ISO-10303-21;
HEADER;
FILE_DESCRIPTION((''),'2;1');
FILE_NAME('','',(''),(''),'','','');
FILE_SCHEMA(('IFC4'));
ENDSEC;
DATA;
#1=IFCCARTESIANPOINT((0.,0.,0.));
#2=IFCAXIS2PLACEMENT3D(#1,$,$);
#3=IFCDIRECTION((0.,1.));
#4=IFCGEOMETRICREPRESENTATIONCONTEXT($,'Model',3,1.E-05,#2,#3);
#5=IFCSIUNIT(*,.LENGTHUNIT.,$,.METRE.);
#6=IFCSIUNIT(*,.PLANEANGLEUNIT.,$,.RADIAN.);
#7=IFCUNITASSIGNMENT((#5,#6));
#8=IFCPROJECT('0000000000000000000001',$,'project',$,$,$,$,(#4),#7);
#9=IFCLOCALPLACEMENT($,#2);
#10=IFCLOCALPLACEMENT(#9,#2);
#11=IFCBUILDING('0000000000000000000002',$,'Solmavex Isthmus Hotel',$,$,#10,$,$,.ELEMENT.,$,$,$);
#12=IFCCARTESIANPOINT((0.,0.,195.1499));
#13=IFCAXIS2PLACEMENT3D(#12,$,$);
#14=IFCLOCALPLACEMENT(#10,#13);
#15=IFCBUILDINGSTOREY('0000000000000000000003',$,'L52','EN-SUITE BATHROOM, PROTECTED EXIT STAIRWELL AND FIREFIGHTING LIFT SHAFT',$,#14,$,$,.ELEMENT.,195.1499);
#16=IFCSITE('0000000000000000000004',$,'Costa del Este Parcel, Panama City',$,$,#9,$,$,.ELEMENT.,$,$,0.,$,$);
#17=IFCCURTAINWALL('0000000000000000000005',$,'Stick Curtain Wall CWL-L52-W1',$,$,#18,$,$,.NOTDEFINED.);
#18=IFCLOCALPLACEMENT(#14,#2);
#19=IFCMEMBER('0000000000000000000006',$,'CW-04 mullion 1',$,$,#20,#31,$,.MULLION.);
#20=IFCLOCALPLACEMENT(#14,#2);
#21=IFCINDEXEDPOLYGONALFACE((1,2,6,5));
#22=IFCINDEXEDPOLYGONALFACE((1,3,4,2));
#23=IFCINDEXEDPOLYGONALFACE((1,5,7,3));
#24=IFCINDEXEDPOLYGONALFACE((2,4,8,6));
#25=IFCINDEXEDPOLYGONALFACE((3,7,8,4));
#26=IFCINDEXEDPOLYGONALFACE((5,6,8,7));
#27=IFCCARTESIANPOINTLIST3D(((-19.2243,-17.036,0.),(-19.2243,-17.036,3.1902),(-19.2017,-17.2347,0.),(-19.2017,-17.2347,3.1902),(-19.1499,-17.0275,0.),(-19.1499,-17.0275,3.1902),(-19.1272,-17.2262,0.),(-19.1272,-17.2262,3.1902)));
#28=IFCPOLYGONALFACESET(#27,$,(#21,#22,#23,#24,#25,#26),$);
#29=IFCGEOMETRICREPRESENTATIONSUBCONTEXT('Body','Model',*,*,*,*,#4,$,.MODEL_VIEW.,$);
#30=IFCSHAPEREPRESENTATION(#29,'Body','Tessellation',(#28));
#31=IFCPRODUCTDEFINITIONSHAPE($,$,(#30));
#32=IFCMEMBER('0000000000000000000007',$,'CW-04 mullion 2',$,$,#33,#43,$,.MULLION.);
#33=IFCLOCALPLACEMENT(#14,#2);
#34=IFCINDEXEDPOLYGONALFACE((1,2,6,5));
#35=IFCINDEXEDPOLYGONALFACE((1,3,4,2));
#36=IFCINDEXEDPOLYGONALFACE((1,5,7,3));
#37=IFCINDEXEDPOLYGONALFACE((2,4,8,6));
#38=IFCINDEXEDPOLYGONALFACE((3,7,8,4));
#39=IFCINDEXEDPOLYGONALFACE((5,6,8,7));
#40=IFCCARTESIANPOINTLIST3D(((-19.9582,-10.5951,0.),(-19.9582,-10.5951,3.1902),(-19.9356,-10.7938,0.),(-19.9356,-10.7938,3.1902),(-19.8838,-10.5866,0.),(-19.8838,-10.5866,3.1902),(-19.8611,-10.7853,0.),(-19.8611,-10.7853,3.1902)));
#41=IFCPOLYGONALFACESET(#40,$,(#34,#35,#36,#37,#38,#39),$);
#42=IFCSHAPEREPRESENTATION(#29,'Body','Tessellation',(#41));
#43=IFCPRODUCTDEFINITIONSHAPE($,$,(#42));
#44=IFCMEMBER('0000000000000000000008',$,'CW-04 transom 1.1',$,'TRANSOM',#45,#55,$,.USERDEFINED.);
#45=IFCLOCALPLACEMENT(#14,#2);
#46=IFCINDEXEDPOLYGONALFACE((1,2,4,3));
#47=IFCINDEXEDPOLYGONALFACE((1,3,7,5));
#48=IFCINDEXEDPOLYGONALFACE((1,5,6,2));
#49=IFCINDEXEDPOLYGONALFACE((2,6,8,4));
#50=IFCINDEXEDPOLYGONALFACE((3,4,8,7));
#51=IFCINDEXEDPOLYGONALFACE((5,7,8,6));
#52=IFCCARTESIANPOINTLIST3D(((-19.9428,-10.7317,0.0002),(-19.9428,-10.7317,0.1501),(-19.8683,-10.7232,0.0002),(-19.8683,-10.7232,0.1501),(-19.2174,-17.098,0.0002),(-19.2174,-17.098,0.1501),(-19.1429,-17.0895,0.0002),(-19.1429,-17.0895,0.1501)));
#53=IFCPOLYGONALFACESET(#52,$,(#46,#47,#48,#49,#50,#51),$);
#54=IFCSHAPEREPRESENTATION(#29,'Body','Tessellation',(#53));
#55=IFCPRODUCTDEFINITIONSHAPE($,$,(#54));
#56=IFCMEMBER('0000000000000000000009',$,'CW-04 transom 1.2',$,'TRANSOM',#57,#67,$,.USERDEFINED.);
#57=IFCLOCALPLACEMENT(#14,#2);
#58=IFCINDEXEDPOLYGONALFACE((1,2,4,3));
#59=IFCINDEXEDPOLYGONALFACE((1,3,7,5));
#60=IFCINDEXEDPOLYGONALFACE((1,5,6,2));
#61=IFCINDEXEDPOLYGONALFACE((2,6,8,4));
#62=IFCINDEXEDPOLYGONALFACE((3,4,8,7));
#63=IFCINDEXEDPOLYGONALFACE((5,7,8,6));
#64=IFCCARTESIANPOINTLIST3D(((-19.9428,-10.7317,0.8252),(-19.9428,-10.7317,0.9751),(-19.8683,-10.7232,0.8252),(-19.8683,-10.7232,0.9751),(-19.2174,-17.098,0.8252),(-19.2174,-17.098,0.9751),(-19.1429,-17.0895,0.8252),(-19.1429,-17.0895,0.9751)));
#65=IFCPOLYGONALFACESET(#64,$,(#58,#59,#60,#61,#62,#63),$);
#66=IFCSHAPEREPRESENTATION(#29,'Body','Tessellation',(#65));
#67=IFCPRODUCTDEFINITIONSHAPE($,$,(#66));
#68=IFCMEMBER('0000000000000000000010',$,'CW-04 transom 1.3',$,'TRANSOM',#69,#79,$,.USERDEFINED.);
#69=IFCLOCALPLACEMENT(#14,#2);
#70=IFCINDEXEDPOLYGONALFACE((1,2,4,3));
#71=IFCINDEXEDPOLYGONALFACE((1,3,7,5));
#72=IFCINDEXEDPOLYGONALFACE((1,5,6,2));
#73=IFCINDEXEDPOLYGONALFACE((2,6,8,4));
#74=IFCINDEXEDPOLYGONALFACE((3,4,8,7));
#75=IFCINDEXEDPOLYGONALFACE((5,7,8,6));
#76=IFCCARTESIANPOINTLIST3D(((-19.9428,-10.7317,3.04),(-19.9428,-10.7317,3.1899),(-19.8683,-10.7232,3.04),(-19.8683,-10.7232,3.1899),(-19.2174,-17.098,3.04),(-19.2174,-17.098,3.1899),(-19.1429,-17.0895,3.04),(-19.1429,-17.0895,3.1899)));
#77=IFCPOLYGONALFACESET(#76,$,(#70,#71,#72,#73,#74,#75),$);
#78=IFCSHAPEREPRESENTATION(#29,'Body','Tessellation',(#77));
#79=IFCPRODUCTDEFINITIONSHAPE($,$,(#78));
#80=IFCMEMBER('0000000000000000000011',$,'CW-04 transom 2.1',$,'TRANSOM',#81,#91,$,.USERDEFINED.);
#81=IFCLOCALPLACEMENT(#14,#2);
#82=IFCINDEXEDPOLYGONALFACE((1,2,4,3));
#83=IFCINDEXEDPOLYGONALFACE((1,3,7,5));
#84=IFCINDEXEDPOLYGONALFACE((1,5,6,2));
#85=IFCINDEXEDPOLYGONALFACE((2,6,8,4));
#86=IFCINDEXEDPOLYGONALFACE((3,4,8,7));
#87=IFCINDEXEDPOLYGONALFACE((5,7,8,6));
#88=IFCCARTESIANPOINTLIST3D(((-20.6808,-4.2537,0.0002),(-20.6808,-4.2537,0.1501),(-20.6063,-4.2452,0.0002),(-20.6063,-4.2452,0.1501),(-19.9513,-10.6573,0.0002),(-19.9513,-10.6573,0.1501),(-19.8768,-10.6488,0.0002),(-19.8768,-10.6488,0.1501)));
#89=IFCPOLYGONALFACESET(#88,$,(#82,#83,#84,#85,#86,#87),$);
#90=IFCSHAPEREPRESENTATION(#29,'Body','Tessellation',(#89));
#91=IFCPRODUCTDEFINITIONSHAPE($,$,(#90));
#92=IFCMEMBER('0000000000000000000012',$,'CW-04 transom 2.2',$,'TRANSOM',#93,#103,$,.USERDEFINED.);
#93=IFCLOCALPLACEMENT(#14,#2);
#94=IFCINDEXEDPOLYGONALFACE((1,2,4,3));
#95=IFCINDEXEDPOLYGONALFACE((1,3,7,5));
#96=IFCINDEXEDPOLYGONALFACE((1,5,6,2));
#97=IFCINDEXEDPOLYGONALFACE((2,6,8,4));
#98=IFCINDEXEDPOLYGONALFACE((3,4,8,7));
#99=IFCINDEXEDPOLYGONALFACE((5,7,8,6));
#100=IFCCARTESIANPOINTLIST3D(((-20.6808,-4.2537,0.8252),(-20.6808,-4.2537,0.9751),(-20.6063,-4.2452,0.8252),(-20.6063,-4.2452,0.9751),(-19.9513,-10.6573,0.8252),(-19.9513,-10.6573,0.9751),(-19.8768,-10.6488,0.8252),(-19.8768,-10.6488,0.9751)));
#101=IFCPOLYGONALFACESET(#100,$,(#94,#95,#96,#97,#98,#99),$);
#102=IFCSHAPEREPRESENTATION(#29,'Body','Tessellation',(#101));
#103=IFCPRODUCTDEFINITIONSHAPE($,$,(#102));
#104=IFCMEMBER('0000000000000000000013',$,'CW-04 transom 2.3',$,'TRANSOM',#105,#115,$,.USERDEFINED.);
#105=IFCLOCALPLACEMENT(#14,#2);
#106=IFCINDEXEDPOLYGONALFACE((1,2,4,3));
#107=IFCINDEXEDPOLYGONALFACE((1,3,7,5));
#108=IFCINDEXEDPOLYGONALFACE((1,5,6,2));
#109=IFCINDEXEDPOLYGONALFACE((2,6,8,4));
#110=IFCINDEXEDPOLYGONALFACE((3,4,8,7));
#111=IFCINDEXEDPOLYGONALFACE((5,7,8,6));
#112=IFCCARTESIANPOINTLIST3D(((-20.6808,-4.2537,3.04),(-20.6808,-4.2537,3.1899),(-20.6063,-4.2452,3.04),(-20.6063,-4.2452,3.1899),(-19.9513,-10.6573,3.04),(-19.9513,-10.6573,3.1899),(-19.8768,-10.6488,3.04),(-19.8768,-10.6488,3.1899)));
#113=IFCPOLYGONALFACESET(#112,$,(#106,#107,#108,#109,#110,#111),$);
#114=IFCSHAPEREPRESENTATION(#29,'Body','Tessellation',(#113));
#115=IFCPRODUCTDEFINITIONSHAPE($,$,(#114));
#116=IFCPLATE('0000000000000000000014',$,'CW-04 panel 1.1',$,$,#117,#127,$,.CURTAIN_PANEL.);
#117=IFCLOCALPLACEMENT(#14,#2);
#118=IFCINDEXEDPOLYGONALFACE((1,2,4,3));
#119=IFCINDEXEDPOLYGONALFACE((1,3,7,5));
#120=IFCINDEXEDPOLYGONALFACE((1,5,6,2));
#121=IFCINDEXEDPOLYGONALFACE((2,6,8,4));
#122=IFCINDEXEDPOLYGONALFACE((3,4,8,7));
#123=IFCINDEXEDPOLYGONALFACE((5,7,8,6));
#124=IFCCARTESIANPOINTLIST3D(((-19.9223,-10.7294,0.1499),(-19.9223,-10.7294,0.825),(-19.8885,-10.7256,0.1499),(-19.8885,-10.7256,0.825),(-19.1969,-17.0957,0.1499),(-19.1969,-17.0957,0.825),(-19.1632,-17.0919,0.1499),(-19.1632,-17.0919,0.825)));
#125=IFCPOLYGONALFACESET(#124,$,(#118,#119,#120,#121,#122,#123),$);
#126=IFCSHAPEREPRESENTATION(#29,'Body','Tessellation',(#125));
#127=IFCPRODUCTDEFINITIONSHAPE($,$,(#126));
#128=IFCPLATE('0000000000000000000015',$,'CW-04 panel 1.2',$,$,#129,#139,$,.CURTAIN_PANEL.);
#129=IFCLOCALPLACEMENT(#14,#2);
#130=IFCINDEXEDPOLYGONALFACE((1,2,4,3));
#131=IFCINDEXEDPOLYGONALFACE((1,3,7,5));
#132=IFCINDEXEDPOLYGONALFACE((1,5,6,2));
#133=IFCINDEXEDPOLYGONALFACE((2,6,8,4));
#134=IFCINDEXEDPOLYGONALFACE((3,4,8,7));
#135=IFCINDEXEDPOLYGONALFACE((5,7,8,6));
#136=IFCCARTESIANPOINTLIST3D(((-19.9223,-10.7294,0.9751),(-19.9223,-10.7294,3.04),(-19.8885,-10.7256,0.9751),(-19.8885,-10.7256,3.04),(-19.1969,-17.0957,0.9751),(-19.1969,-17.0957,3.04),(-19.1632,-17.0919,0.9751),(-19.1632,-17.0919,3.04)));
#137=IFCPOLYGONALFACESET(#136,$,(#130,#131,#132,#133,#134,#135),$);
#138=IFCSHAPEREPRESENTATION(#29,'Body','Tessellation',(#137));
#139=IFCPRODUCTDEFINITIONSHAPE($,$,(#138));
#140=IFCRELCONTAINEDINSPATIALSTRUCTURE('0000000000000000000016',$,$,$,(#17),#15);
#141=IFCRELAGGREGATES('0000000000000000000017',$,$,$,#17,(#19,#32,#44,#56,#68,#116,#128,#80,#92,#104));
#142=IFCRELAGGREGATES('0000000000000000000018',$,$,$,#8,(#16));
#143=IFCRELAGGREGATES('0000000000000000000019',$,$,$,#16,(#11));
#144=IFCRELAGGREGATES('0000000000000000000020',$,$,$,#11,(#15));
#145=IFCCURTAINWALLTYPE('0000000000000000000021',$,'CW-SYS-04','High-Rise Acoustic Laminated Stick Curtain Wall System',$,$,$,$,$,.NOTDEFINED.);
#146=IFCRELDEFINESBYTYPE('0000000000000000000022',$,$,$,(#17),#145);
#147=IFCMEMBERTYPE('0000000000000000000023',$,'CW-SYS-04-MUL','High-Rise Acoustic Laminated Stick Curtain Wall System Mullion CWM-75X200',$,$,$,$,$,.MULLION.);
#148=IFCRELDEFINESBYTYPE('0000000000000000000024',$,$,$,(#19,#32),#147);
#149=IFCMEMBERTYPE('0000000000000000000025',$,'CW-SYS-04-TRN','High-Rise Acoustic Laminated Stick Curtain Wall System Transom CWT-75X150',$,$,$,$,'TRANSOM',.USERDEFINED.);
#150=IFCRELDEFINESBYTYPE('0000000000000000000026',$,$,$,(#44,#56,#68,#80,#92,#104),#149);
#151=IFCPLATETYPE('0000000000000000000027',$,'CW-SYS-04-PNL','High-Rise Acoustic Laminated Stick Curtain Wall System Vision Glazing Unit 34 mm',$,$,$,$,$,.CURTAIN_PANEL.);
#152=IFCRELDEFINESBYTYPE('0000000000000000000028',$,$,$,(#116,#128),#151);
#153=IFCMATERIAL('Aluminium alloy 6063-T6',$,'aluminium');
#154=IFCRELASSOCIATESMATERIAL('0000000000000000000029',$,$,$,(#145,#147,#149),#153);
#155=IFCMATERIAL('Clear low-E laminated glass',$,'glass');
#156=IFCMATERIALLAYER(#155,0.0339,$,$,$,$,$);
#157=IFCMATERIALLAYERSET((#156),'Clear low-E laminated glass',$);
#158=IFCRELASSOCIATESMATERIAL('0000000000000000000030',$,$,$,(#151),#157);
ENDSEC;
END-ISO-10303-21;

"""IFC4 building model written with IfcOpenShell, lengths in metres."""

from ifc_helpers import new_model, si_unit, direction, frame, origin, origin_2d, place, context, subcontext, project, spatial, rectangle, extrude, material, layer, layer_set, material_profile, profile_set, type_object, element, aggregate, save


model = new_model("IFC4")

# Units and contexts
model_context = context("Model", 3, precision=1e-05, world=origin(), true_north=direction((0.0, 1.0)))
body_context = subcontext(model_context, "Body", "Model", "MODEL_VIEW")
ifc_project = project(units=[si_unit("LENGTHUNIT", "METRE"), si_unit("PLANEANGLEUNIT", "RADIAN")], contexts=[model_context])

# Site, building, storey
site_placement = place(None, origin())
site = spatial("IfcSite", under=ifc_project, at=site_placement, Name="Costa del Este Parcel, Panama City", CompositionType="ELEMENT", RefElevation=0.0)
building_placement = place(site_placement, origin())
building = spatial("IfcBuilding", under=site, at=building_placement, Name="Solmavex Isthmus Hotel", CompositionType="ELEMENT")
storey_placement = place(building_placement, frame((0.0, 0.0, 195.1499)))
storey = spatial("IfcBuildingStorey", under=building, at=storey_placement, Name="L52", Description="EN-SUITE BATHROOM, PROTECTED EXIT STAIRWELL AND FIREFIGHTING LIFT SHAFT", CompositionType="ELEMENT", Elevation=195.1499)

# Curtain wall, members, plates
ifc_material_1 = material(Name="Aluminium alloy 6063-T6", Category="aluminium")
curtain_wall_type = type_object("IfcCurtainWallType", Name="CW-SYS-04", Description="High-Rise Acoustic Laminated Stick Curtain Wall System", PredefinedType="NOTDEFINED", material=ifc_material_1)
curtain_wall_placement = place(storey_placement, origin())
curtain_wall = element("IfcCurtainWall", 1, at=curtain_wall_placement, inside=storey, type_object=curtain_wall_type, Name="Stick Curtain Wall CWL-L52-W1", PredefinedType="NOTDEFINED")
ifc_material_profile_1 = material_profile(ifc_material_1, rectangle(XDim=0.075, YDim=0.2, at=origin_2d()), Name="CWM-75X200")
ifc_profile_set_1 = profile_set([ifc_material_profile_1], Name="Aluminium alloy 6063-T6")
member_type_1 = type_object("IfcMemberType", Name="CW-SYS-04-MUL", Description="High-Rise Acoustic Laminated Stick Curtain Wall System Mullion CWM-75X200", PredefinedType="MULLION", material=ifc_profile_set_1)
member_1_placement = place(storey_placement, frame((-19.1758, -17.1311, 0.0), z_axis=(0.0, 0.0, 1.0), x_axis=(-0.993572, -0.113203, 0.0)))
member_1 = element("IfcMember", 2, at=member_1_placement, type_object=member_type_1, Name="CW-04 mullion 1", PredefinedType="MULLION", context=body_context, shape_type="SweptSolid", body=[
    extrude(rectangle(XDim=0.075, YDim=0.2, at=origin_2d()), origin(), (0.0, 0.0, 1.0), 3.1902),
])
member_2_placement = place(storey_placement, frame((-19.9097, -10.6902, 0.0), z_axis=(0.0, 0.0, 1.0), x_axis=(-0.993572, -0.113203, 0.0)))
member_2 = element("IfcMember", 3, at=member_2_placement, type_object=member_type_1, Name="CW-04 mullion 2", PredefinedType="MULLION", context=body_context, shape_type="SweptSolid", body=[
    extrude(rectangle(XDim=0.075, YDim=0.2, at=origin_2d()), origin(), (0.0, 0.0, 1.0), 3.1902),
])
ifc_material_profile_2 = material_profile(ifc_material_1, rectangle(XDim=0.075, YDim=0.1499, at=origin_2d()), Name="CWT-75X150")
ifc_profile_set_2 = profile_set([ifc_material_profile_2], Name="Aluminium alloy 6063-T6")
member_type_2 = type_object("IfcMemberType", Name="CW-SYS-04-TRN", Description="High-Rise Acoustic Laminated Stick Curtain Wall System Transom CWT-75X150", ElementType="TRANSOM", PredefinedType="USERDEFINED", material=ifc_profile_set_2)
member_3_placement = place(storey_placement, frame((-19.1802, -17.0938, 0.0752), z_axis=(-0.113204, 0.993572, 0.0), x_axis=(-0.993572, -0.113204, 0.0)))
member_3 = element("IfcMember", 4, at=member_3_placement, type_object=member_type_2, Name="CW-04 transom 1.1", ObjectType="TRANSOM", PredefinedType="USERDEFINED", context=body_context, shape_type="SweptSolid", body=[
    extrude(rectangle(XDim=0.075, YDim=0.1499, at=origin_2d()), origin(), (0.0, 0.0, 1.0), 6.4075),
])
member_4_placement = place(storey_placement, frame((-19.1802, -17.0938, 0.9001), z_axis=(-0.113204, 0.993572, 0.0), x_axis=(-0.993572, -0.113204, 0.0)))
member_4 = element("IfcMember", 5, at=member_4_placement, type_object=member_type_2, Name="CW-04 transom 1.2", ObjectType="TRANSOM", PredefinedType="USERDEFINED", context=body_context, shape_type="SweptSolid", body=[
    extrude(rectangle(XDim=0.075, YDim=0.1499, at=origin_2d()), origin(), (0.0, 0.0, 1.0), 6.4075),
])
member_5_placement = place(storey_placement, frame((-19.1802, -17.0938, 3.115), z_axis=(-0.113204, 0.993572, 0.0), x_axis=(-0.993572, -0.113204, 0.0)))
member_5 = element("IfcMember", 6, at=member_5_placement, type_object=member_type_2, Name="CW-04 transom 1.3", ObjectType="TRANSOM", PredefinedType="USERDEFINED", context=body_context, shape_type="SweptSolid", body=[
    extrude(rectangle(XDim=0.075, YDim=0.1499, at=origin_2d()), origin(), (0.0, 0.0, 1.0), 6.4075),
])
member_6_placement = place(storey_placement, frame((-19.9141, -10.6531, 0.0752), z_axis=(-0.113188, 0.993574, 0.0), x_axis=(-0.993574, -0.113188, 0.0)))
member_6 = element("IfcMember", 7, at=member_6_placement, type_object=member_type_2, Name="CW-04 transom 2.1", ObjectType="TRANSOM", PredefinedType="USERDEFINED", context=body_context, shape_type="SweptSolid", body=[
    extrude(rectangle(XDim=0.075, YDim=0.1499, at=origin_2d()), origin(), (0.0, 0.0, 1.0), 6.4451),
])
member_7_placement = place(storey_placement, frame((-19.9141, -10.6531, 0.9001), z_axis=(-0.113188, 0.993574, 0.0), x_axis=(-0.993574, -0.113188, 0.0)))
member_7 = element("IfcMember", 8, at=member_7_placement, type_object=member_type_2, Name="CW-04 transom 2.2", ObjectType="TRANSOM", PredefinedType="USERDEFINED", context=body_context, shape_type="SweptSolid", body=[
    extrude(rectangle(XDim=0.075, YDim=0.1499, at=origin_2d()), origin(), (0.0, 0.0, 1.0), 6.4451),
])
member_8_placement = place(storey_placement, frame((-19.9141, -10.6531, 3.115), z_axis=(-0.113188, 0.993574, 0.0), x_axis=(-0.993574, -0.113188, 0.0)))
member_8 = element("IfcMember", 9, at=member_8_placement, type_object=member_type_2, Name="CW-04 transom 2.3", ObjectType="TRANSOM", PredefinedType="USERDEFINED", context=body_context, shape_type="SweptSolid", body=[
    extrude(rectangle(XDim=0.075, YDim=0.1499, at=origin_2d()), origin(), (0.0, 0.0, 1.0), 6.4451),
])
ifc_material_2 = material(Name="Clear low-E laminated glass", Category="glass")
ifc_layer_1 = layer(ifc_material_2, 0.0339)
ifc_layer_set_1 = layer_set([ifc_layer_1], Name="Clear low-E laminated glass")
plate_type = type_object("IfcPlateType", Name="CW-SYS-04-PNL", Description="High-Rise Acoustic Laminated Stick Curtain Wall System Vision Glazing Unit 34 mm", PredefinedType="CURTAIN_PANEL", material=ifc_layer_set_1)
plate_1_placement = place(storey_placement, frame((-19.5427, -13.9106, 0.1499), z_axis=(0.0, 0.0, 1.0), x_axis=(-0.113203, 0.993572, 0.0)))
plate_1 = element("IfcPlate", 10, at=plate_1_placement, type_object=plate_type, Name="CW-04 panel 1.1", PredefinedType="CURTAIN_PANEL", context=body_context, shape_type="SweptSolid", body=[
    extrude(rectangle(XDim=6.4075, YDim=0.0339, at=origin_2d()), origin(), (0.0, 0.0, 1.0), 0.675),
])
plate_2_placement = place(storey_placement, frame((-19.5427, -13.9106, 0.9751), z_axis=(0.0, 0.0, 1.0), x_axis=(-0.113203, 0.993572, 0.0)))
plate_2 = element("IfcPlate", 11, at=plate_2_placement, type_object=plate_type, Name="CW-04 panel 1.2", PredefinedType="CURTAIN_PANEL", context=body_context, shape_type="SweptSolid", body=[
    extrude(rectangle(XDim=6.4075, YDim=0.0339, at=origin_2d()), origin(), (0.0, 0.0, 1.0), 2.0649),
])
aggregate(curtain_wall, [member_1, member_2, member_3, member_4, member_5, plate_1, plate_2, member_6, member_7, member_8])

save(model, "model.ifc")
